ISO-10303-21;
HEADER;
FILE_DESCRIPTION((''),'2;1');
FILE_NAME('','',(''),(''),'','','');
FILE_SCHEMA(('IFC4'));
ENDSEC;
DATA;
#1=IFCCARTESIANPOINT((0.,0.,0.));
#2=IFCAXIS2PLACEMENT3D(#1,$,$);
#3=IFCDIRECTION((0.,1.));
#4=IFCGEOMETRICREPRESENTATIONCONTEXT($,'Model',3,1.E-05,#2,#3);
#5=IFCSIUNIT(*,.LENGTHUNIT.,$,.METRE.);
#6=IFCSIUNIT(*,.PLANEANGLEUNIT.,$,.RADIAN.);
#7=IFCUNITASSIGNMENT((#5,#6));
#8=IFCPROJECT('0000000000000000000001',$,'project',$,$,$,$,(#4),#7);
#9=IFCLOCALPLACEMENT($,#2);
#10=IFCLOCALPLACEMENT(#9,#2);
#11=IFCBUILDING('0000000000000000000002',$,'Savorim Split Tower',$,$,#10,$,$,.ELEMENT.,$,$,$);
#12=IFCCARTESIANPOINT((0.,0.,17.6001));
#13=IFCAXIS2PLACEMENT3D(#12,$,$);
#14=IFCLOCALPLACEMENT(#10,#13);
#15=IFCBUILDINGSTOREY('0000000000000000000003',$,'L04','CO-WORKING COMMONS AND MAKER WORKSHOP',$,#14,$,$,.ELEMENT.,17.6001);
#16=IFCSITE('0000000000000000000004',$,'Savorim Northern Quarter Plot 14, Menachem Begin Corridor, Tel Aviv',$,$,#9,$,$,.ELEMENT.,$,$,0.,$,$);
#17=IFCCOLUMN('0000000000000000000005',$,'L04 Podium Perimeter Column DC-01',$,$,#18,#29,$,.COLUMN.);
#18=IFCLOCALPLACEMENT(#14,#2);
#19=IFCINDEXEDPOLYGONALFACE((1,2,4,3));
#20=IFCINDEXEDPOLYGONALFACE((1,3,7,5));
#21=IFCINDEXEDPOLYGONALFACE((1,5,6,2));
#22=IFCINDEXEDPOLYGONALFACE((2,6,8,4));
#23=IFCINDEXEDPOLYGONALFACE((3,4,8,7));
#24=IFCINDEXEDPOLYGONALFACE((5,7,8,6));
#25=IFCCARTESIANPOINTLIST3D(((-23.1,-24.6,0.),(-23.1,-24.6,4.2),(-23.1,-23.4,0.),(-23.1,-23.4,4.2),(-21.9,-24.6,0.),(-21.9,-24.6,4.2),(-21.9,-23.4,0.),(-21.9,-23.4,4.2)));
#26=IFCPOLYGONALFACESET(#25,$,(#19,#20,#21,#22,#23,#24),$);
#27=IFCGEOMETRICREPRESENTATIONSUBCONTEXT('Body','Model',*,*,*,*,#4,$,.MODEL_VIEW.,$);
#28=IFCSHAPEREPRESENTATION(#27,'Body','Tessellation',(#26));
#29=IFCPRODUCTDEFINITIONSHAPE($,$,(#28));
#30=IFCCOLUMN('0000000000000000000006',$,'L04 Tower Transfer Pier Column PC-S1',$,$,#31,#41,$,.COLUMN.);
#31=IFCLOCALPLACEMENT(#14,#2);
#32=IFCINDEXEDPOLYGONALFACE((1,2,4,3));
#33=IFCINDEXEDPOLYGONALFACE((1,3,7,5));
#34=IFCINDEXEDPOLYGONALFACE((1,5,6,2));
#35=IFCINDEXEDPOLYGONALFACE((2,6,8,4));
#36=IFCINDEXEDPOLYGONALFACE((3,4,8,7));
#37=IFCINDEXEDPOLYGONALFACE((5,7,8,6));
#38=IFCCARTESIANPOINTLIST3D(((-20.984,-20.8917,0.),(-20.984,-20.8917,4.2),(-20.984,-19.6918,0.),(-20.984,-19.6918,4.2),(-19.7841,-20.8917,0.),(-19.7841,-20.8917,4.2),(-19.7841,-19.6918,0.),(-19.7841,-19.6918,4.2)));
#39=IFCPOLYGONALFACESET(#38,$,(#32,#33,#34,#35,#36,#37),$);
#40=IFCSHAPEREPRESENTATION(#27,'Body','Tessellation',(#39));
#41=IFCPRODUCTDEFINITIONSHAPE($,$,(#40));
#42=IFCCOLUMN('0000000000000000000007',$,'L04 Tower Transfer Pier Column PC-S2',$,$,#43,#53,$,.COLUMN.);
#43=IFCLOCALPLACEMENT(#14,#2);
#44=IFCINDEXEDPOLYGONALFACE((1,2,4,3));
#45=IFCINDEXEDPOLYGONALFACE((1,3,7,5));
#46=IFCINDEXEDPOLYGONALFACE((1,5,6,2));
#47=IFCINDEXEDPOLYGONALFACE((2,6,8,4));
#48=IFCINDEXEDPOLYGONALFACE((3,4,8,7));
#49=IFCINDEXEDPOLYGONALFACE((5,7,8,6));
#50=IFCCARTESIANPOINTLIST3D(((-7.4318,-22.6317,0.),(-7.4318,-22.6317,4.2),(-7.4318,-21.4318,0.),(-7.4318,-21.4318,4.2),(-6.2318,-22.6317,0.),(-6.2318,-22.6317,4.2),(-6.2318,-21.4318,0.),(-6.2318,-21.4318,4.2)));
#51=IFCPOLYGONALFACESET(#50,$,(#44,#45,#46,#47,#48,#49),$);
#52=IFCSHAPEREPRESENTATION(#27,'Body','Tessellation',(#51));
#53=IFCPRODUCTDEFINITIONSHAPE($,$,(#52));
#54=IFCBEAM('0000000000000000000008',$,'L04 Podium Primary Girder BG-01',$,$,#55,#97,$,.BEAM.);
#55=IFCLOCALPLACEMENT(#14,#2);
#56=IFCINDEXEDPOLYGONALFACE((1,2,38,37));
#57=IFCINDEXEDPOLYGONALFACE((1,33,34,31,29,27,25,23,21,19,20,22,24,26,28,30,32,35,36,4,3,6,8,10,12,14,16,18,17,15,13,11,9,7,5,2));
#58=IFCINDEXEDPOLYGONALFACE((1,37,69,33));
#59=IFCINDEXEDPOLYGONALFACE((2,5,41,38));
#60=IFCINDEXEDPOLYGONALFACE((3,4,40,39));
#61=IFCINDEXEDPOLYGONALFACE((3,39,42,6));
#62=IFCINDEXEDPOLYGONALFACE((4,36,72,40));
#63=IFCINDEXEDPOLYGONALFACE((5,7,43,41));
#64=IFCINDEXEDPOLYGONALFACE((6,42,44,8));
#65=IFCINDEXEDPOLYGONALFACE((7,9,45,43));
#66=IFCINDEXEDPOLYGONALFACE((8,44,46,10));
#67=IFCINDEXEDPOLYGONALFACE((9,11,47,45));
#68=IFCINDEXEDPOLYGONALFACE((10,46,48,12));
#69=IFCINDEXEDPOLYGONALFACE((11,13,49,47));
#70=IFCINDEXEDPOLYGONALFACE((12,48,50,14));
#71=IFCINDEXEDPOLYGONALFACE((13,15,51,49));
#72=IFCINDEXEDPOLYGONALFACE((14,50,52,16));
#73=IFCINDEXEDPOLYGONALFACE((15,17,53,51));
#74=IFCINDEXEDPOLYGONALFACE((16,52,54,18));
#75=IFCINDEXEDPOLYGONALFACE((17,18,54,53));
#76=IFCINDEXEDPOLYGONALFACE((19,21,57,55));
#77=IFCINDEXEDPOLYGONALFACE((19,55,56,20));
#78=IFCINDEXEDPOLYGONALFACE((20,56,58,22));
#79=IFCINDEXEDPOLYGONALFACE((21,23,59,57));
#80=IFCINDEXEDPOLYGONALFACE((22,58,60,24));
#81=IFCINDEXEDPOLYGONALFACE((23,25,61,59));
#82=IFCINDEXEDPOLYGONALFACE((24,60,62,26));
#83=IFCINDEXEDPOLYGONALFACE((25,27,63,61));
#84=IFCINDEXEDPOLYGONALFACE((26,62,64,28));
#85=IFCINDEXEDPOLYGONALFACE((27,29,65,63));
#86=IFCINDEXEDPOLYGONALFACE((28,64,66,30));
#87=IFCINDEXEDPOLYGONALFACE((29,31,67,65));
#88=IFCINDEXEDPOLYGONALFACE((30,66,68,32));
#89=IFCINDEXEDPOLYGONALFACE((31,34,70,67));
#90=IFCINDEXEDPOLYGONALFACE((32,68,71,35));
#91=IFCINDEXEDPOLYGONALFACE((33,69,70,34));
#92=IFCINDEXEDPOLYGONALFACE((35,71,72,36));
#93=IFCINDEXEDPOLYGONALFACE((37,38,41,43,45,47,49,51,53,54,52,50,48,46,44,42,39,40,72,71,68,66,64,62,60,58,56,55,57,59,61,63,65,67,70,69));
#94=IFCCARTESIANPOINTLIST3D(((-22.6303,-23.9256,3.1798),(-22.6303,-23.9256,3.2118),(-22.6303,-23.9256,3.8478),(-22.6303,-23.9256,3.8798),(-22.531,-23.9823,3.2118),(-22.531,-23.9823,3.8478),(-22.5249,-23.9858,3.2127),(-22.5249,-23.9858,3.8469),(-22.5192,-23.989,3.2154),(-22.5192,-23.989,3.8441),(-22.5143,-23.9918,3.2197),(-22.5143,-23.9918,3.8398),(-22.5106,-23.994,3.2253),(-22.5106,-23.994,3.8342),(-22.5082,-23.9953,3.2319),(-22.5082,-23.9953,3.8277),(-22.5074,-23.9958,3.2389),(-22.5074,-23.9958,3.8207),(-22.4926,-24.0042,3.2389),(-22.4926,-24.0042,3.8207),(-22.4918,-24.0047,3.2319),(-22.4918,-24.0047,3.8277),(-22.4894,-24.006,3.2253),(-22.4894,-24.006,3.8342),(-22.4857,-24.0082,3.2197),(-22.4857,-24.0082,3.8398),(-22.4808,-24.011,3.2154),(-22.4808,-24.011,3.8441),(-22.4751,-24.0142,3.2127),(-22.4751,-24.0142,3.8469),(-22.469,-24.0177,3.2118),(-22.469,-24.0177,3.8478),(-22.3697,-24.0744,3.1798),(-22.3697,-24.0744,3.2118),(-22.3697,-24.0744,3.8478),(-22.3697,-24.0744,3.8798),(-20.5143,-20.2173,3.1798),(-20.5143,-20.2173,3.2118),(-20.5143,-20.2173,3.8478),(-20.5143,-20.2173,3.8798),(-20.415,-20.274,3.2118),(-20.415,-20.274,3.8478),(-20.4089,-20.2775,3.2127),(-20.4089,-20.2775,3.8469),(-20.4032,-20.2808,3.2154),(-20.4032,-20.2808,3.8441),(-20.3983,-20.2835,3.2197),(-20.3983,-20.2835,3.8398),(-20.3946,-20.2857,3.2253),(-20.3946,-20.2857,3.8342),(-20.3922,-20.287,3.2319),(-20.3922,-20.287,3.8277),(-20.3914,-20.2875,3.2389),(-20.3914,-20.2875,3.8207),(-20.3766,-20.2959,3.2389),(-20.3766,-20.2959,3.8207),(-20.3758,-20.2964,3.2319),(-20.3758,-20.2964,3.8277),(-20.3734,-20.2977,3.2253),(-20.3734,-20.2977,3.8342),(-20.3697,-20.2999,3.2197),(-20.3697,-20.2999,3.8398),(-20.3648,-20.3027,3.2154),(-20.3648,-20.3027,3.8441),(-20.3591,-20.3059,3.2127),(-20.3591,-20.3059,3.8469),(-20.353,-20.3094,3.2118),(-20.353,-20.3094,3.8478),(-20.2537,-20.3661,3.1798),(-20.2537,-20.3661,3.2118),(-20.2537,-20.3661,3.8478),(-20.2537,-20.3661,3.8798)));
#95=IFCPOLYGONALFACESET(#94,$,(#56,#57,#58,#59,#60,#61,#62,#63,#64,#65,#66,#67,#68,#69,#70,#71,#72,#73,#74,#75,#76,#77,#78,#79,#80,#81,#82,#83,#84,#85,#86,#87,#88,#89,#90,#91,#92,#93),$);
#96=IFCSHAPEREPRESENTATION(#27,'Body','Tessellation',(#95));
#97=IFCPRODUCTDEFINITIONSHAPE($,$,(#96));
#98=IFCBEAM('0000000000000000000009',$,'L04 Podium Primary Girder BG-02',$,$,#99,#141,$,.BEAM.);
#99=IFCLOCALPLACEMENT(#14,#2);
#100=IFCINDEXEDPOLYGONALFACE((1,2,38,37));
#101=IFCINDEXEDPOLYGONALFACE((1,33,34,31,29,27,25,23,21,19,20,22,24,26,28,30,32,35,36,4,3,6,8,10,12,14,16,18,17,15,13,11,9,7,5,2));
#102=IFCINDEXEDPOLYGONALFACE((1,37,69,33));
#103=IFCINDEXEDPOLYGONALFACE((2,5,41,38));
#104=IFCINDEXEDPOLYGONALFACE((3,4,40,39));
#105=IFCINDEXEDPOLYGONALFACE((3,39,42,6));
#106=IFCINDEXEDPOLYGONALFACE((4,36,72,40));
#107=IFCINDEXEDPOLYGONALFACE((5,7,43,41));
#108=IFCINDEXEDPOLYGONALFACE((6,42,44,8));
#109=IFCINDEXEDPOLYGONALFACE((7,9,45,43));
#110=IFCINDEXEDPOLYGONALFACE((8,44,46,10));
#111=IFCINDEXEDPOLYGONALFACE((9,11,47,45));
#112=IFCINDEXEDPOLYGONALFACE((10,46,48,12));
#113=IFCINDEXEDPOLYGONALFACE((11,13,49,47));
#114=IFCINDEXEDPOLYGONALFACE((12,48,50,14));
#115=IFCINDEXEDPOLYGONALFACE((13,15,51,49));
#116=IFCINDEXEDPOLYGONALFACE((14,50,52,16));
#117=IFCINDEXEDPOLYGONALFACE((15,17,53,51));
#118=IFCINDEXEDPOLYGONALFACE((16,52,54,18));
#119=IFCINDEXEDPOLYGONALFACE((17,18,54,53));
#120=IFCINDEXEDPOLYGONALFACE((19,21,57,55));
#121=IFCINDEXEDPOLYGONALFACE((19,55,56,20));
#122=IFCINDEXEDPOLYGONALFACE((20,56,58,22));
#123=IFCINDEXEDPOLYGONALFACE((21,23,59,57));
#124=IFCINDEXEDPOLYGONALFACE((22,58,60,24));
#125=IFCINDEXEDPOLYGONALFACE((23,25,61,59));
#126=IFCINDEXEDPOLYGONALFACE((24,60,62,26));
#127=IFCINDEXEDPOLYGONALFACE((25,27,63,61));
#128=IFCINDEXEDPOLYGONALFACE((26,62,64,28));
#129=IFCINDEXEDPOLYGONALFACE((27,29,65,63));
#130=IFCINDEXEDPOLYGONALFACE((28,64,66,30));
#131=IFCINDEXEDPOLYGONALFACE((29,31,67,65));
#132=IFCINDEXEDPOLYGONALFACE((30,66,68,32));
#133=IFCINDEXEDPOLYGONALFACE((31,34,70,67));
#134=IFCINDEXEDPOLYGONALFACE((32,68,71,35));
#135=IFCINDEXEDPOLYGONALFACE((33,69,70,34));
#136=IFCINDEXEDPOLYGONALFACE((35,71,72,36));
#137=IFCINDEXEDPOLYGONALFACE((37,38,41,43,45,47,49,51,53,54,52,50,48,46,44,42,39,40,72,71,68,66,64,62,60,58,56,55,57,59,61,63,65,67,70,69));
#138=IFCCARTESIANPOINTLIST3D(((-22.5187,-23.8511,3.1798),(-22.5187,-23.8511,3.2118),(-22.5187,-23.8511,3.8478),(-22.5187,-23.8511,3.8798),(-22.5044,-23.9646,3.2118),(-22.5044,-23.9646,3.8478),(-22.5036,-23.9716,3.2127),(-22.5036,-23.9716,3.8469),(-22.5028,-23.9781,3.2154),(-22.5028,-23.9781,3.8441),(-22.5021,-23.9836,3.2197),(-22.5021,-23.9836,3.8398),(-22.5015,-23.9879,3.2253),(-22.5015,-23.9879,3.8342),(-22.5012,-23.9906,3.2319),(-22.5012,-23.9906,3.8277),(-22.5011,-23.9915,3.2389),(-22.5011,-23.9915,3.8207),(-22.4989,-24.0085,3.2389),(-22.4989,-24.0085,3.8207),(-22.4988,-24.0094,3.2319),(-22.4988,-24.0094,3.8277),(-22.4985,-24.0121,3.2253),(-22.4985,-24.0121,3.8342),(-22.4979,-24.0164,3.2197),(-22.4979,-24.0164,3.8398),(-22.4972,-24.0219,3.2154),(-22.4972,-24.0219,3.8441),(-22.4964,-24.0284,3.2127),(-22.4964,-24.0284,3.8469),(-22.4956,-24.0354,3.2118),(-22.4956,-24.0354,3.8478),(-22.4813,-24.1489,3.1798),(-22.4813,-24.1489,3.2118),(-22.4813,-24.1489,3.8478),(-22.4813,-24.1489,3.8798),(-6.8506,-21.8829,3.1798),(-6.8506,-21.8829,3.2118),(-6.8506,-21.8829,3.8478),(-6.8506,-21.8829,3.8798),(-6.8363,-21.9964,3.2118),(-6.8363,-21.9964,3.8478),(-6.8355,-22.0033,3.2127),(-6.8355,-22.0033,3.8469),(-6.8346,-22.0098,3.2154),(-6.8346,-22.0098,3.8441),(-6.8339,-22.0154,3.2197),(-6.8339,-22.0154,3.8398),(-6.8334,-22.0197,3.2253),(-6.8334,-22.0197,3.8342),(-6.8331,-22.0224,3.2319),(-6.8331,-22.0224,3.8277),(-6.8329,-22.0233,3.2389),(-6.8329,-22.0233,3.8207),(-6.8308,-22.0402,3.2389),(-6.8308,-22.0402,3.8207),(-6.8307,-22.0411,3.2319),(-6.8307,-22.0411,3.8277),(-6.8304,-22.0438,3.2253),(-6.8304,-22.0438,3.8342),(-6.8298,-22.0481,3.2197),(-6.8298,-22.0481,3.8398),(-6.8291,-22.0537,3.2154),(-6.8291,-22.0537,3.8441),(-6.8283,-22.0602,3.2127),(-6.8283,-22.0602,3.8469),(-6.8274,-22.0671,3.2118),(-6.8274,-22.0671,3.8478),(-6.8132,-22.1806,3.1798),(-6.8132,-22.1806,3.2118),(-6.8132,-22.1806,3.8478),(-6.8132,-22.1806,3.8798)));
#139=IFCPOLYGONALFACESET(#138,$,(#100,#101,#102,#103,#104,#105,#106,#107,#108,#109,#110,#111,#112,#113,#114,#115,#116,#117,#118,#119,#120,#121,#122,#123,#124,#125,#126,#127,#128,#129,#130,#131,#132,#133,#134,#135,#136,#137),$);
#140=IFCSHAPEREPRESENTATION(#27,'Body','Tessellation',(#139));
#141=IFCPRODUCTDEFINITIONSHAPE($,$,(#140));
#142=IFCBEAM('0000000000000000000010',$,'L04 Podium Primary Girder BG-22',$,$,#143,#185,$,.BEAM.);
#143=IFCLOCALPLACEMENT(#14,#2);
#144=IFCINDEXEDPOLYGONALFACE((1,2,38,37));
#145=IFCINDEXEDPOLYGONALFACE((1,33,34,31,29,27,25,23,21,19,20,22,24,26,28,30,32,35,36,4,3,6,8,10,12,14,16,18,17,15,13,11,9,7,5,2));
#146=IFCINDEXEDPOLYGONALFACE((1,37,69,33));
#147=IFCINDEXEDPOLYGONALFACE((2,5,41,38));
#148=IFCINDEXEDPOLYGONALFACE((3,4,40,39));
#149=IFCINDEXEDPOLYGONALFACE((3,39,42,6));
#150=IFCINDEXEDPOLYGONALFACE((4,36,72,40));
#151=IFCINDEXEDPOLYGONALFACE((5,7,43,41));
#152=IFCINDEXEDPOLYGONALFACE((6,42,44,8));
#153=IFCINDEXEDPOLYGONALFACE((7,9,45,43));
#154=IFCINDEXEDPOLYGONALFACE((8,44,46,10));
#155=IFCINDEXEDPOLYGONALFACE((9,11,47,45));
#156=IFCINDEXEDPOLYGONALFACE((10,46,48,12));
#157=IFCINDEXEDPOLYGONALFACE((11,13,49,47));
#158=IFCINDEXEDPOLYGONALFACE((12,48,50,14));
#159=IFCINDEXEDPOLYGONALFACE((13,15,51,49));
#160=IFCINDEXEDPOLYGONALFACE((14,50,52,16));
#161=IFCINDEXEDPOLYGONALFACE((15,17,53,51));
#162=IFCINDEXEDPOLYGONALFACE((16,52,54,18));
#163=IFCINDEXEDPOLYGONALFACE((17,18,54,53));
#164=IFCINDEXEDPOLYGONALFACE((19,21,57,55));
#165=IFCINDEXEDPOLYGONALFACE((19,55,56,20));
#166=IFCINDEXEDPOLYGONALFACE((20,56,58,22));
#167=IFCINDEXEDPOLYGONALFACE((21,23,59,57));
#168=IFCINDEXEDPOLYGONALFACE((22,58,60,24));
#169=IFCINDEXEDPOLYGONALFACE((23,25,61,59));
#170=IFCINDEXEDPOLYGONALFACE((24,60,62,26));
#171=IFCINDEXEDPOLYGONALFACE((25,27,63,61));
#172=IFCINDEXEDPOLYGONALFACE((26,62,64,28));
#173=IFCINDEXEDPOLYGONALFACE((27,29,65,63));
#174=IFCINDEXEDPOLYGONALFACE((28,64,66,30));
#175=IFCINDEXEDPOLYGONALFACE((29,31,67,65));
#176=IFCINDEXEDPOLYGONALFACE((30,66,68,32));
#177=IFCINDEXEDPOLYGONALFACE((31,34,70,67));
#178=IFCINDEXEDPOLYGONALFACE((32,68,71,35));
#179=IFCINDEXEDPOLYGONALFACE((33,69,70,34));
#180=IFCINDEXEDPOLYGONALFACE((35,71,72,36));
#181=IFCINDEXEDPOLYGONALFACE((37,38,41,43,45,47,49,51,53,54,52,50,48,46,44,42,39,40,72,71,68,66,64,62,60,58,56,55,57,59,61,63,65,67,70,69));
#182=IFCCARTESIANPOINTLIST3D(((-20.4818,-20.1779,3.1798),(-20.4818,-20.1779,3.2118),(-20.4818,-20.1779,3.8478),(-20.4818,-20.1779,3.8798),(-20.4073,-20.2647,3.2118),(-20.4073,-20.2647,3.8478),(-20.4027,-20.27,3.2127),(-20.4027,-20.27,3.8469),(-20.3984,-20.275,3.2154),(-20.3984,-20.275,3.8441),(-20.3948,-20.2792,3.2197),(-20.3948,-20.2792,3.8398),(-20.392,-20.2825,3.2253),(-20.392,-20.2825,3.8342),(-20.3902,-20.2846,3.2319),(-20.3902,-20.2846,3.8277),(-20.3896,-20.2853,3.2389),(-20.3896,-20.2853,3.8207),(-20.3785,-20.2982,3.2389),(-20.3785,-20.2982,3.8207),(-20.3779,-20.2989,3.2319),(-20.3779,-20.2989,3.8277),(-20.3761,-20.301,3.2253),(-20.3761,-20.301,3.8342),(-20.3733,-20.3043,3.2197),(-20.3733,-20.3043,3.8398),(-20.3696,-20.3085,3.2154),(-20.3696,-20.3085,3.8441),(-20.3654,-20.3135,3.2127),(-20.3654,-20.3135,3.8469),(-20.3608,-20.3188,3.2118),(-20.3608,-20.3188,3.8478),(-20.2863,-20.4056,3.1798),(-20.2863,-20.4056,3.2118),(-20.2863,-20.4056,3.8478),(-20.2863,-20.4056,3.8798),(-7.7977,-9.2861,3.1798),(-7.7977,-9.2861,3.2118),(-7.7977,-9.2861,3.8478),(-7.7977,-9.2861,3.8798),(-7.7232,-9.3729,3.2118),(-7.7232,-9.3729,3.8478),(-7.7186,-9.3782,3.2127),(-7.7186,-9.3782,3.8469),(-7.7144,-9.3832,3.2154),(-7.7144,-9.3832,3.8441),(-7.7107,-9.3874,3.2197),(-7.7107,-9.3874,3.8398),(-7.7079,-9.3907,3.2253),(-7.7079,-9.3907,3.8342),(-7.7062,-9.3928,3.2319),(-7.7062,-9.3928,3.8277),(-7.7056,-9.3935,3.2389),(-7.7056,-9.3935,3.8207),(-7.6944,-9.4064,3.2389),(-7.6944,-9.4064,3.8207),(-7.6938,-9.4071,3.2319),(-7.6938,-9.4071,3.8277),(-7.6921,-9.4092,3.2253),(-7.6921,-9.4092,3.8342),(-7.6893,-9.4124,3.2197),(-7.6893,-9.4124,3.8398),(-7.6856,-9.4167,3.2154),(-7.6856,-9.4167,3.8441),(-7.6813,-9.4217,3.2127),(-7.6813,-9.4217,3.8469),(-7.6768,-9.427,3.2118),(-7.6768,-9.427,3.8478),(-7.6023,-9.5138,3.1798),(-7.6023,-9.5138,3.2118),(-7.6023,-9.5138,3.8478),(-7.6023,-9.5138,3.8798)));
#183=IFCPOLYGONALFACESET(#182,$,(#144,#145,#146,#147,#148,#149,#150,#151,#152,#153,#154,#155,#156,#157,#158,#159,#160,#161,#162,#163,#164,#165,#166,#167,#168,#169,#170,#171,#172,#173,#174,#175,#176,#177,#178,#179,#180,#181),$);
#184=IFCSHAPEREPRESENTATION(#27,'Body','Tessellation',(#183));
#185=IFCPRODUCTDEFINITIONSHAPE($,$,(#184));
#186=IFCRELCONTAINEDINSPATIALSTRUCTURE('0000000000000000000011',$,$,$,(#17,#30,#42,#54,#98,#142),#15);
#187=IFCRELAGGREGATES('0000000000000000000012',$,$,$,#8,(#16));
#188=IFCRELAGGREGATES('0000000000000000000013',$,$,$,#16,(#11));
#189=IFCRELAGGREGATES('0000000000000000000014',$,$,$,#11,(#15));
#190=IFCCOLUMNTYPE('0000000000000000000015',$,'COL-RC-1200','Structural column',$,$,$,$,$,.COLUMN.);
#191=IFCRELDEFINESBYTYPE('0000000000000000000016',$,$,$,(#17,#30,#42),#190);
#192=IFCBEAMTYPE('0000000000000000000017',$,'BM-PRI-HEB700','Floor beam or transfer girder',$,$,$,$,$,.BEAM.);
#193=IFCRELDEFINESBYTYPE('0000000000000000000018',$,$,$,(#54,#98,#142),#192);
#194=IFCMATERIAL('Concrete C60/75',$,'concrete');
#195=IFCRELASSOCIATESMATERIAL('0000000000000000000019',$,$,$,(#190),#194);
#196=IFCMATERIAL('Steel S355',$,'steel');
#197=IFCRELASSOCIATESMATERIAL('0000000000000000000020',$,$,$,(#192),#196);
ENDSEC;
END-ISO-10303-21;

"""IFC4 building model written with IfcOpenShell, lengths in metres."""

from ifc_helpers import new_model, si_unit, direction, frame, origin, origin_2d, place, context, subcontext, project, spatial, rectangle, i_section, extrude, material, material_profile, profile_set, type_object, element, save


model = new_model("IFC4")

# Units and contexts
model_context = context("Model", 3, precision=1e-05, world=origin(), true_north=direction((0.0, 1.0)))
body_context = subcontext(model_context, "Body", "Model", "MODEL_VIEW")
ifc_project = project(units=[si_unit("LENGTHUNIT", "METRE"), si_unit("PLANEANGLEUNIT", "RADIAN")], contexts=[model_context])

# Site, building, storey
site_placement = place(None, origin())
site = spatial("IfcSite", under=ifc_project, at=site_placement, Name="Savorim Northern Quarter Plot 14, Menachem Begin Corridor, Tel Aviv", CompositionType="ELEMENT", RefElevation=0.0)
building_placement = place(site_placement, origin())
building = spatial("IfcBuilding", under=site, at=building_placement, Name="Savorim Split Tower", CompositionType="ELEMENT")
storey_placement = place(building_placement, frame((0.0, 0.0, 17.6001)))
storey = spatial("IfcBuildingStorey", under=building, at=storey_placement, Name="L04", Description="CO-WORKING COMMONS AND MAKER WORKSHOP", CompositionType="ELEMENT", Elevation=17.6001)

# Columns
ifc_material_1 = material(Name="Concrete C60/75", Category="concrete")
ifc_material_profile_1 = material_profile(ifc_material_1, rectangle(XDim=1.2, YDim=1.2, at=origin_2d()), Name="RC 1200x1200")
ifc_profile_set_1 = profile_set([ifc_material_profile_1], Name="Concrete C60/75")
column_type = type_object("IfcColumnType", Name="COL-RC-1200", Description="Structural column", PredefinedType="COLUMN", material=ifc_profile_set_1)
for number, where, z_axis, x_axis, name in (
    (1, (-22.5, -24.0, 0.0), (0.0, 0.0, 1.0), (1.0, 0.0, 0.0), "L04 Podium Perimeter Column DC-01"),
    (2, (-20.384, -20.2917, 0.0), (0.0, 0.0, 1.0), (1.0, 0.0, 0.0), "L04 Tower Transfer Pier Column PC-S1"),
    (3, (-6.8318, -22.0317, 0.0), (0.0, 0.0, 1.0), (1.0, 0.0, 0.0), "L04 Tower Transfer Pier Column PC-S2"),
):
    element("IfcColumn", number, at=place(storey_placement, frame(where, z_axis=z_axis, x_axis=x_axis)), inside=storey, type_object=column_type, Name=name, PredefinedType="COLUMN", context=body_context, shape_type="SweptSolid", body=[
        extrude(rectangle(XDim=1.2, YDim=1.2, at=origin_2d()), origin(), (0.0, 0.0, 1.0), 4.2),
    ])

# Beams
ifc_material_2 = material(Name="Steel S355", Category="steel")
ifc_material_profile_2 = material_profile(ifc_material_2, i_section(OverallWidth=0.3, OverallDepth=0.7, WebThickness=0.0171, FlangeThickness=0.032, FilletRadius=0.0271, at=origin_2d()), Name="HEB 700")
ifc_profile_set_2 = profile_set([ifc_material_profile_2], Name="Steel S355")
beam_type = type_object("IfcBeamType", Name="BM-PRI-HEB700", Description="Floor beam or transfer girder", PredefinedType="BEAM", material=ifc_profile_set_2)
beam_1_placement = place(storey_placement, frame((-22.5, -24.0, 3.5298), z_axis=(0.495603, 0.868549, 0.0), x_axis=(-0.868549, 0.495603, 0.0)))
element("IfcBeam", 4, at=beam_1_placement, inside=storey, type_object=beam_type, Name="L04 Podium Primary Girder BG-01", PredefinedType="BEAM", context=body_context, shape_type="SweptSolid", body=[
    extrude(i_section(OverallWidth=0.3, OverallDepth=0.7, WebThickness=0.0171, FlangeThickness=0.032, FilletRadius=0.0271, at=origin_2d()), origin(), (0.0, 0.0, 1.0), 4.2695),
])
beam_2_placement = place(storey_placement, frame((-22.5, -24.0, 3.5298), z_axis=(0.992202, 0.124642, 0.0), x_axis=(-0.124642, 0.992202, 0.0)))
element("IfcBeam", 5, at=beam_2_placement, inside=storey, type_object=beam_type, Name="L04 Podium Primary Girder BG-02", PredefinedType="BEAM", context=body_context, shape_type="SweptSolid", body=[
    extrude(i_section(OverallWidth=0.3, OverallDepth=0.7, WebThickness=0.0171, FlangeThickness=0.032, FilletRadius=0.0271, at=origin_2d()), origin(), (0.0, 0.0, 1.0), 15.7913),
])
beam_3_placement = place(storey_placement, frame((-20.384, -20.2917, 3.5298), z_axis=(0.758672, 0.651473, 0.0), x_axis=(-0.651473, 0.758672, 0.0)))
element("IfcBeam", 6, at=beam_3_placement, inside=storey, type_object=beam_type, Name="L04 Podium Primary Girder BG-22", PredefinedType="BEAM", context=body_context, shape_type="SweptSolid", body=[
    extrude(i_section(OverallWidth=0.3, OverallDepth=0.7, WebThickness=0.0171, FlangeThickness=0.032, FilletRadius=0.0271, at=origin_2d()), origin(), (0.0, 0.0, 1.0), 16.7188),
])

save(model, "model.ifc")
